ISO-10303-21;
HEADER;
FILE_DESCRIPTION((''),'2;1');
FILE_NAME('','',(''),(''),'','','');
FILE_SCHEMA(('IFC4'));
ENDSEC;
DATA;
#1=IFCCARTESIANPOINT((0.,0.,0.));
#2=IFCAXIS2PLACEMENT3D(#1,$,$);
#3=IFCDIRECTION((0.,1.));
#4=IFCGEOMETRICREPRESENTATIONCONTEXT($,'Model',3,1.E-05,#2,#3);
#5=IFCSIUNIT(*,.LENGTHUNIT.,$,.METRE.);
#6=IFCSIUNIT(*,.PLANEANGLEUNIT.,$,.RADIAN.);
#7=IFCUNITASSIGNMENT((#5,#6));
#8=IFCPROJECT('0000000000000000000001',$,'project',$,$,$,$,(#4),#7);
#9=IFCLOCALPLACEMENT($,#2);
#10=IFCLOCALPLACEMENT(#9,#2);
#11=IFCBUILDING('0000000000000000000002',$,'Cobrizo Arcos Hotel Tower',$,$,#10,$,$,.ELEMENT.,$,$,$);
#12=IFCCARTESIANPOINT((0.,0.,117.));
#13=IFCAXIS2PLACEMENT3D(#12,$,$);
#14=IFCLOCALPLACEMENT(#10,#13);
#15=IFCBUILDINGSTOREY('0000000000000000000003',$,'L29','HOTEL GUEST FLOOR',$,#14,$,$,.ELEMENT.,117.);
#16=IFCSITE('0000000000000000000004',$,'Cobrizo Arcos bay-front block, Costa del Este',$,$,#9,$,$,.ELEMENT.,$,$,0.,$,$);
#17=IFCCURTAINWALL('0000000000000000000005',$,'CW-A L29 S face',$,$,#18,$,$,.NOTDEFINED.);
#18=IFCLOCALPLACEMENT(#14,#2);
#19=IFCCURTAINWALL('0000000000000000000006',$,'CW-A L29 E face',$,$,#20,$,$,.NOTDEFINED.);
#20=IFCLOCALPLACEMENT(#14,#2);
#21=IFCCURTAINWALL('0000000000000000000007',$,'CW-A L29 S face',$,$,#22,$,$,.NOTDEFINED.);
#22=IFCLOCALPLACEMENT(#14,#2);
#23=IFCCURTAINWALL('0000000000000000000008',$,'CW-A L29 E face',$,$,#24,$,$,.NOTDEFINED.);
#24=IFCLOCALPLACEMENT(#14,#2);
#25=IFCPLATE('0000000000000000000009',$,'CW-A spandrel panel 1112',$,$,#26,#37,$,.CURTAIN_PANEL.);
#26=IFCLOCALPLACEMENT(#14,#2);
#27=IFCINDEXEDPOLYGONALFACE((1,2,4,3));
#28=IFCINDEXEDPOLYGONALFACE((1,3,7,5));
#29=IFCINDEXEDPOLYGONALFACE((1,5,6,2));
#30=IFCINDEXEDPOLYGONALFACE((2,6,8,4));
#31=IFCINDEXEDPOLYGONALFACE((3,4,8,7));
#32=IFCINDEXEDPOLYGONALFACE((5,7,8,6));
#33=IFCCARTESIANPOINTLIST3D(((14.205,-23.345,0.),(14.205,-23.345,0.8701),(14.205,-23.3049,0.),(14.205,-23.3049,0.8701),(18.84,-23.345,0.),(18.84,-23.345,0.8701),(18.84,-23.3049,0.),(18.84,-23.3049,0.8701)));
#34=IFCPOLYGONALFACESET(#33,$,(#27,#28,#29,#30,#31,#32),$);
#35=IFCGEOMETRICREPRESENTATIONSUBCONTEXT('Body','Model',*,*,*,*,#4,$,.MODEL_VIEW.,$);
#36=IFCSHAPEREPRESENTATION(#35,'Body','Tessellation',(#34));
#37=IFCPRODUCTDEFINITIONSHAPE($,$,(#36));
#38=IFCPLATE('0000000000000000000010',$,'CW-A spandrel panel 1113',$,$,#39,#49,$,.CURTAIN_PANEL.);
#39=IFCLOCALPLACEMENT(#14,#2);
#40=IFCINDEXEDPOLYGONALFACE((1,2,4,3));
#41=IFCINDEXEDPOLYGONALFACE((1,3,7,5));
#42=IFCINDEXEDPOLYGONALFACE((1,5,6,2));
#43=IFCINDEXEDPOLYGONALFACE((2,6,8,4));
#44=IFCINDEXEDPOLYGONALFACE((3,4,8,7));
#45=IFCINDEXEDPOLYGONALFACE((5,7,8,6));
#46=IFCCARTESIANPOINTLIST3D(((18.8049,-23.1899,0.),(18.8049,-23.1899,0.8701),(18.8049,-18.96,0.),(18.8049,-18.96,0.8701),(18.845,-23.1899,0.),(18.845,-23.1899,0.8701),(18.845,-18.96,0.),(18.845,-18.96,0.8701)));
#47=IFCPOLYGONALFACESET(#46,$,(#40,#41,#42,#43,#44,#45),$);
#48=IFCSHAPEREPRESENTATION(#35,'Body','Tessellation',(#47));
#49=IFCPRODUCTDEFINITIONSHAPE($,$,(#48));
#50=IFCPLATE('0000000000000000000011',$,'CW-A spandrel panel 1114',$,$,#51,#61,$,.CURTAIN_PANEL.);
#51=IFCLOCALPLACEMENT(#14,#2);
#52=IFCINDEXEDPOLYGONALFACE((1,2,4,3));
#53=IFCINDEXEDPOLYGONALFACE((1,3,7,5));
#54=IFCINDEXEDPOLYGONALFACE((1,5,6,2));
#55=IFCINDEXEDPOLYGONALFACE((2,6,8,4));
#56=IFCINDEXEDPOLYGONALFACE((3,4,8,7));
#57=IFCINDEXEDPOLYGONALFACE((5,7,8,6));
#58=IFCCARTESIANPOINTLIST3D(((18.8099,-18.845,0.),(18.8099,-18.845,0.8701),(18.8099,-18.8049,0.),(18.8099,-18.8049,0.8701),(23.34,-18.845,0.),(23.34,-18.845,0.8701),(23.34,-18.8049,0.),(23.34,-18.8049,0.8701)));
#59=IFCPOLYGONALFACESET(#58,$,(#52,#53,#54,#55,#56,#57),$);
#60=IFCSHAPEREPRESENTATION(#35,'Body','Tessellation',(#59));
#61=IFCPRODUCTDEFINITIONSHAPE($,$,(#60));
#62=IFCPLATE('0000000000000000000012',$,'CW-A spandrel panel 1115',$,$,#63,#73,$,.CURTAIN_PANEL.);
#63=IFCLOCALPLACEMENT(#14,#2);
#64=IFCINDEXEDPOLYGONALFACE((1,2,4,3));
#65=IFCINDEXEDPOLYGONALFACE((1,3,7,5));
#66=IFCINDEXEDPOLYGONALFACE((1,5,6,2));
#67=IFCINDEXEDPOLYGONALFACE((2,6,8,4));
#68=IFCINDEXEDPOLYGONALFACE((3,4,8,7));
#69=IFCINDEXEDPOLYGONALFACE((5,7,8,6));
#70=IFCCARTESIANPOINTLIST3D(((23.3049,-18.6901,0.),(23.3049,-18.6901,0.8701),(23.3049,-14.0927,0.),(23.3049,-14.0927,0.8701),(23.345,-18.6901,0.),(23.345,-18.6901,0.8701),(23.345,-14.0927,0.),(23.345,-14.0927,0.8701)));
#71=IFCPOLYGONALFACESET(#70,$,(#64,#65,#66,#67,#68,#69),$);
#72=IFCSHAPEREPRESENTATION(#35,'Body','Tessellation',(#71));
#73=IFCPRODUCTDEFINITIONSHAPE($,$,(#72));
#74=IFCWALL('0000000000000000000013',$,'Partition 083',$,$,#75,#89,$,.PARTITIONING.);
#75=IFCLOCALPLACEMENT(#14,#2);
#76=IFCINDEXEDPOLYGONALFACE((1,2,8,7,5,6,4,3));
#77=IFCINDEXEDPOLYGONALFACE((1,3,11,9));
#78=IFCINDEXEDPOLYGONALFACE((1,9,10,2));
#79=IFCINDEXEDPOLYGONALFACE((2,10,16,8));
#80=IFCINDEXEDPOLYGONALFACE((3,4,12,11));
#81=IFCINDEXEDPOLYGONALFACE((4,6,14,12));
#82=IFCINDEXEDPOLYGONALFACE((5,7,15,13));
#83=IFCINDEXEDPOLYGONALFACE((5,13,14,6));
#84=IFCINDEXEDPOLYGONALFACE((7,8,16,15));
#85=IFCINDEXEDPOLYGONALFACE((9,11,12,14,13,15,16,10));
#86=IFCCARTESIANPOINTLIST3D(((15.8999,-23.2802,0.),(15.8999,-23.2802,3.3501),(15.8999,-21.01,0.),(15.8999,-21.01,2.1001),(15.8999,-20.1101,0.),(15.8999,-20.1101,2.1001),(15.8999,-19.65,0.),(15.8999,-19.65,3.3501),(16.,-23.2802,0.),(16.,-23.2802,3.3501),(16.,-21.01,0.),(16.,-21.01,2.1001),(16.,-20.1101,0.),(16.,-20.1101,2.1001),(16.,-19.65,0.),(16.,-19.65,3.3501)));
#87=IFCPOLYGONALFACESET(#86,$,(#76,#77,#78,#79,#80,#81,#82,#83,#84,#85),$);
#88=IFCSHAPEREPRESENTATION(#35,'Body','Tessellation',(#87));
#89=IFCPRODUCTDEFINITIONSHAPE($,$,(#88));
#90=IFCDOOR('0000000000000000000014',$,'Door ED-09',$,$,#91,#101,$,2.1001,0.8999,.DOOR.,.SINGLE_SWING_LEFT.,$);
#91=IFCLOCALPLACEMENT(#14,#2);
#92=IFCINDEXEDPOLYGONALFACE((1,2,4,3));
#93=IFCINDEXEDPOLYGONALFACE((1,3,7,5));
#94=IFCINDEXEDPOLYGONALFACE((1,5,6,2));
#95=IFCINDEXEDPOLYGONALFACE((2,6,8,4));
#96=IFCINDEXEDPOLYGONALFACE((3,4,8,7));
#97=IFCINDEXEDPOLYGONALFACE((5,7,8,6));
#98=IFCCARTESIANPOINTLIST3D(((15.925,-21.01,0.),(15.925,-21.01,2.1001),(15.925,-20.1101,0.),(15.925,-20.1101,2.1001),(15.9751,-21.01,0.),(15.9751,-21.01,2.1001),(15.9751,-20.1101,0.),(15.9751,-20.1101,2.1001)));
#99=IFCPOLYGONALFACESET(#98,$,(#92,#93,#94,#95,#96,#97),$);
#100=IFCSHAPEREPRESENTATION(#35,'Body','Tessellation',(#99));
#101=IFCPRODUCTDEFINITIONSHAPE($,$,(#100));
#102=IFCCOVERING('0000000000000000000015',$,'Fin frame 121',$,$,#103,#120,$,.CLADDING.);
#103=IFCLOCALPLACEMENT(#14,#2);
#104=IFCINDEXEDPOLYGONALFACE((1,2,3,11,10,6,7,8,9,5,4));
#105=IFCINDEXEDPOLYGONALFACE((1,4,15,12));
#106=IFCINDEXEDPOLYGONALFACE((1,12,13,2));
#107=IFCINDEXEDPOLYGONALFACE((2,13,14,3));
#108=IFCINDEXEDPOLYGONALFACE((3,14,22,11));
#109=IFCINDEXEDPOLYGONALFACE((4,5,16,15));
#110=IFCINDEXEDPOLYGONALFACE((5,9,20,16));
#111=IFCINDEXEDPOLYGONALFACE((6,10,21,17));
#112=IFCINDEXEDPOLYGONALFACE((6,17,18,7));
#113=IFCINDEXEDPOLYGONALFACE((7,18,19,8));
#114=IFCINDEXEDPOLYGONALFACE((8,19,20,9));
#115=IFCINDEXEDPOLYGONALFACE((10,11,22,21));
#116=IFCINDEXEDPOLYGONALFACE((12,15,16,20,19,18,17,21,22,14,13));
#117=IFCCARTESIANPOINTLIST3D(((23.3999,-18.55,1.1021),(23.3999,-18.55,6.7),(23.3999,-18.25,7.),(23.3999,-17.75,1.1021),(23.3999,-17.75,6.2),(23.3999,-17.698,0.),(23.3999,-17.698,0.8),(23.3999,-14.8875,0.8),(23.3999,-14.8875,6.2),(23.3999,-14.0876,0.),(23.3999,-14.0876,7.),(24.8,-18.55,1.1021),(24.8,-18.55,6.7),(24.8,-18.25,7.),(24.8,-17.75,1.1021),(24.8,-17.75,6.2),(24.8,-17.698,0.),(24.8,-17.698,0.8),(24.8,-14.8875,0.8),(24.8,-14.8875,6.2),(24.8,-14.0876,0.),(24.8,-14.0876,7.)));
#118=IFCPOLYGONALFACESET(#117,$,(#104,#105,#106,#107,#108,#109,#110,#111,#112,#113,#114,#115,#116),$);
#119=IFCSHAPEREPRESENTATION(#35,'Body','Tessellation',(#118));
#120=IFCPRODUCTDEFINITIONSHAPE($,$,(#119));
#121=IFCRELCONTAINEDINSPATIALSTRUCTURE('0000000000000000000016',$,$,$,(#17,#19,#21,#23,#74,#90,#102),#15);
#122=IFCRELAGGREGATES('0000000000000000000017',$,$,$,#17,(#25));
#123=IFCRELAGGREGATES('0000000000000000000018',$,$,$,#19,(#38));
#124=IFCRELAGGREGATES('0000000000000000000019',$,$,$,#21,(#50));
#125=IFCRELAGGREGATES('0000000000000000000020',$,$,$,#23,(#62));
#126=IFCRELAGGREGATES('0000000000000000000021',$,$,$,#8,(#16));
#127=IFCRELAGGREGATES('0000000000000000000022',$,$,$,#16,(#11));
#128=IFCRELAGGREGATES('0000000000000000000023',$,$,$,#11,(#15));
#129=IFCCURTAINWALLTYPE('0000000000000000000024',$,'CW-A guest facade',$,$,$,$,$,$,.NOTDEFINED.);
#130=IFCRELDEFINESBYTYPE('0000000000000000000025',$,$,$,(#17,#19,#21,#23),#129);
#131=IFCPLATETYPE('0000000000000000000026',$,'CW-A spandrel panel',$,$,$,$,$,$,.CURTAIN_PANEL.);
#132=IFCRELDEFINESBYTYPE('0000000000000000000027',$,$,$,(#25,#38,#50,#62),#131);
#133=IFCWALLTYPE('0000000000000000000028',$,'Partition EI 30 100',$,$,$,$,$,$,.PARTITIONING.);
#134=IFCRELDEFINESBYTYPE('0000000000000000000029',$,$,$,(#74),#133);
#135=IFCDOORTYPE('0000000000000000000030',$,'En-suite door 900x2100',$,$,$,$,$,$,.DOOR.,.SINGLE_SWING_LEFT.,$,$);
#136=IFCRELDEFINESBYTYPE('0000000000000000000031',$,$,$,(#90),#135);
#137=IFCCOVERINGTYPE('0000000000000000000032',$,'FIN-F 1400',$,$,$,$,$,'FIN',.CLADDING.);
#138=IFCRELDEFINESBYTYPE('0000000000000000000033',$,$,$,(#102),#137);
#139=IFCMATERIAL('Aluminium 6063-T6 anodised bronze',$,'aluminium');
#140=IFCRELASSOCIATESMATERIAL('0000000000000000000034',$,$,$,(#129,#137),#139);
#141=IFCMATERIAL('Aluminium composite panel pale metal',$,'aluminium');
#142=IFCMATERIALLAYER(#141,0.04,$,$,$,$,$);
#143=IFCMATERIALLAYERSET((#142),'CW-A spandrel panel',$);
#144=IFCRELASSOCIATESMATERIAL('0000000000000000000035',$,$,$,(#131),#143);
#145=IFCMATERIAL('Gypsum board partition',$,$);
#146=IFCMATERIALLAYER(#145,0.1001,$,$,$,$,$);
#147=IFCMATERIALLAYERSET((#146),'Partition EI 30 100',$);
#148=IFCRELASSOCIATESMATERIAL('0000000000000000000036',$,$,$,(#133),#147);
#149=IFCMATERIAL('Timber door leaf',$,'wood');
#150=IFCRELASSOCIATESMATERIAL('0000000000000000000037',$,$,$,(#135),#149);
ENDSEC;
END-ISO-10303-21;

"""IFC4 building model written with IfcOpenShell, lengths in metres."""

from ifc_helpers import new_model, si_unit, direction, frame, frame_2d, origin, origin_2d, place, context, subcontext, project, spatial, polyline, rectangle, outline, extrude, material, layer, layer_set, type_object, element, fill, aggregate, save


model = new_model("IFC4")

# Units and contexts
model_context = context("Model", 3, precision=1e-05, world=origin(), true_north=direction((0.0, 1.0)))
body_context = subcontext(model_context, "Body", "Model", "MODEL_VIEW")
ifc_project = project(units=[si_unit("LENGTHUNIT", "METRE"), si_unit("PLANEANGLEUNIT", "RADIAN")], contexts=[model_context])

# Site, building, storey
site_placement = place(None, origin())
site = spatial("IfcSite", under=ifc_project, at=site_placement, Name="Cobrizo Arcos bay-front block, Costa del Este", CompositionType="ELEMENT", RefElevation=0.0)
building_placement = place(site_placement, origin())
building = spatial("IfcBuilding", under=site, at=building_placement, Name="Cobrizo Arcos Hotel Tower", CompositionType="ELEMENT")
storey_placement = place(building_placement, frame((0.0, 0.0, 117.0)))
storey = spatial("IfcBuildingStorey", under=building, at=storey_placement, Name="L29", Description="HOTEL GUEST FLOOR", CompositionType="ELEMENT", Elevation=117.0)

# Curtain wall
ifc_material_1 = material(Name="Aluminium 6063-T6 anodised bronze", Category="aluminium")
curtain_wall_type = type_object("IfcCurtainWallType", Name="CW-A guest facade", PredefinedType="NOTDEFINED", material=ifc_material_1)
curtain_wall_1_placement = place(storey_placement, origin())
curtain_wall_1 = element("IfcCurtainWall", 1, at=curtain_wall_1_placement, inside=storey, type_object=curtain_wall_type, Name="CW-A L29 S face", PredefinedType="NOTDEFINED")

# Curtain walls
curtain_wall_2_placement = place(storey_placement, origin())
curtain_wall_2 = element("IfcCurtainWall", 2, at=curtain_wall_2_placement, inside=storey, type_object=curtain_wall_type, Name="CW-A L29 E face", PredefinedType="NOTDEFINED")
curtain_wall_3_placement = place(storey_placement, origin())
curtain_wall_3 = element("IfcCurtainWall", 3, at=curtain_wall_3_placement, inside=storey, type_object=curtain_wall_type, Name="CW-A L29 S face", PredefinedType="NOTDEFINED")

# Curtain wall
curtain_wall_4_placement = place(storey_placement, origin())
curtain_wall_4 = element("IfcCurtainWall", 4, at=curtain_wall_4_placement, inside=storey, type_object=curtain_wall_type, Name="CW-A L29 E face", PredefinedType="NOTDEFINED")

# Plates
ifc_material_2 = material(Name="Aluminium composite panel pale metal", Category="aluminium")
ifc_layer_1 = layer(ifc_material_2, 0.04)
ifc_layer_set_1 = layer_set([ifc_layer_1], Name="CW-A spandrel panel")
plate_type_1 = type_object("IfcPlateType", Name="CW-A spandrel panel", PredefinedType="CURTAIN_PANEL", material=ifc_layer_set_1)
plate_1_placement = place(storey_placement, frame((16.5225, -23.325, 0.0), z_axis=(0.0, 0.0, 1.0), x_axis=(1.0, 0.0, 0.0)))
plate_1 = element("IfcPlate", 5, at=plate_1_placement, type_object=plate_type_1, Name="CW-A spandrel panel 1112", PredefinedType="CURTAIN_PANEL", context=body_context, shape_type="SweptSolid", body=[
    extrude(rectangle(XDim=4.635, YDim=0.04, at=origin_2d()), origin(), (0.0, 0.0, 1.0), 0.8701),
])
aggregate(curtain_wall_1, [plate_1])
plate_2_placement = place(storey_placement, frame((18.825, -21.075, 0.0), z_axis=(0.0, 0.0, 1.0), x_axis=(0.0, 1.0, 0.0)))
plate_2 = element("IfcPlate", 6, at=plate_2_placement, type_object=plate_type_1, Name="CW-A spandrel panel 1113", PredefinedType="CURTAIN_PANEL", context=body_context, shape_type="SweptSolid", body=[
    extrude(rectangle(XDim=4.23, YDim=0.04, at=origin_2d()), origin(), (0.0, 0.0, 1.0), 0.8701),
])
aggregate(curtain_wall_2, [plate_2])
plate_3_placement = place(storey_placement, frame((21.075, -18.825, 0.0), z_axis=(0.0, 0.0, 1.0), x_axis=(1.0, 0.0, 0.0)))
plate_3 = element("IfcPlate", 7, at=plate_3_placement, type_object=plate_type_1, Name="CW-A spandrel panel 1114", PredefinedType="CURTAIN_PANEL", context=body_context, shape_type="SweptSolid", body=[
    extrude(rectangle(XDim=4.53, YDim=0.04, at=origin_2d()), origin(), (0.0, 0.0, 1.0), 0.8701),
])
aggregate(curtain_wall_3, [plate_3])
plate_4_placement = place(storey_placement, frame((23.325, -16.3914, 0.0), z_axis=(0.0, 0.0, 1.0), x_axis=(0.0, 1.0, 0.0)))
plate_4 = element("IfcPlate", 8, at=plate_4_placement, type_object=plate_type_1, Name="CW-A spandrel panel 1115", PredefinedType="CURTAIN_PANEL", context=body_context, shape_type="SweptSolid", body=[
    extrude(rectangle(XDim=4.5974, YDim=0.04, at=origin_2d()), origin(), (0.0, 0.0, 1.0), 0.8701),
])
aggregate(curtain_wall_4, [plate_4])

# Wall, opening, door
ifc_material_3 = material(Name="Gypsum board partition")
ifc_layer_2 = layer(ifc_material_3, 0.1001)
ifc_layer_set_2 = layer_set([ifc_layer_2], Name="Partition EI 30 100")
wall_type = type_object("IfcWallType", Name="Partition EI 30 100", PredefinedType="PARTITIONING", material=ifc_layer_set_2)
wall_placement = place(storey_placement, frame((15.95, -23.28, 0.0), z_axis=(0.0, 0.0, 1.0), x_axis=(0.0, 1.0, 0.0)))
wall = element("IfcWall", 9, at=wall_placement, inside=storey, type_object=wall_type, Name="Partition 083", PredefinedType="PARTITIONING", context=body_context, shape_type="SweptSolid", body=[
    extrude(rectangle(XDim=3.6301, YDim=0.1001, at=frame_2d((1.8149, 0.0))), origin(), (0.0, 0.0, 1.0), 3.3501),
])
opening_placement = place(wall_placement, frame((2.27, 0.0, 0.0)))
opening = element("IfcOpeningElement", 10, at=opening_placement, cuts=wall, PredefinedType="OPENING", context=body_context, shape_type="SweptSolid", body=[
    extrude(rectangle(XDim=0.8999, YDim=2.1001, at=frame_2d((0.45, 1.05))), frame((0.0, 0.062, 0.0), z_axis=(0.0, -1.0, 0.0), x_axis=(1.0, 0.0, 0.0)), (0.0, 0.0, 1.0), 0.124),
])
ifc_material_4 = material(Name="Timber door leaf", Category="wood")
door_type = type_object("IfcDoorType", Name="En-suite door 900x2100", OperationType="SINGLE_SWING_LEFT", PredefinedType="DOOR", material=ifc_material_4)
door_placement = place(opening_placement, origin())
door = element("IfcDoor", 11, at=door_placement, inside=storey, type_object=door_type, Name="Door ED-09", OperationType="SINGLE_SWING_LEFT", OverallHeight=2.1001, OverallWidth=0.8999, PredefinedType="DOOR", context=body_context, shape_type="SweptSolid", body=[
    extrude(rectangle(XDim=0.8999, YDim=2.1001, at=frame_2d((0.45, 1.05))), frame((0.0, 0.0249, 0.0), z_axis=(0.0, -1.0, 0.0), x_axis=(1.0, 0.0, 0.0)), (0.0, 0.0, 1.0), 0.05),
])
fill(opening, door)

# Covering
covering_type = type_object("IfcCoveringType", Name="FIN-F 1400", ElementType="FIN", PredefinedType="CLADDING", material=ifc_material_1)
covering_placement = place(storey_placement, frame((23.3999, -18.55, 0.0), z_axis=(1.0, 0.0, 0.0), x_axis=(0.0, 1.0, 0.0)))
element("IfcCovering", 12, at=covering_placement, inside=storey, type_object=covering_type, Name="Fin frame 121", PredefinedType="CLADDING", context=body_context, shape_type="SweptSolid", body=[
    extrude(outline(polyline([(0.0, 6.7), (0.0, 1.1021), (0.8, 1.1021), (0.8, 6.2), (3.6626, 6.2), (3.6626, 0.8), (0.8521, 0.8), (0.8521, 0.0), (4.4624, 0.0), (4.4624, 7.0), (0.3, 7.0), (0.0, 6.7)])), origin(), (0.0, 0.0, 1.0), 1.4001),
])

save(model, "model.ifc")
